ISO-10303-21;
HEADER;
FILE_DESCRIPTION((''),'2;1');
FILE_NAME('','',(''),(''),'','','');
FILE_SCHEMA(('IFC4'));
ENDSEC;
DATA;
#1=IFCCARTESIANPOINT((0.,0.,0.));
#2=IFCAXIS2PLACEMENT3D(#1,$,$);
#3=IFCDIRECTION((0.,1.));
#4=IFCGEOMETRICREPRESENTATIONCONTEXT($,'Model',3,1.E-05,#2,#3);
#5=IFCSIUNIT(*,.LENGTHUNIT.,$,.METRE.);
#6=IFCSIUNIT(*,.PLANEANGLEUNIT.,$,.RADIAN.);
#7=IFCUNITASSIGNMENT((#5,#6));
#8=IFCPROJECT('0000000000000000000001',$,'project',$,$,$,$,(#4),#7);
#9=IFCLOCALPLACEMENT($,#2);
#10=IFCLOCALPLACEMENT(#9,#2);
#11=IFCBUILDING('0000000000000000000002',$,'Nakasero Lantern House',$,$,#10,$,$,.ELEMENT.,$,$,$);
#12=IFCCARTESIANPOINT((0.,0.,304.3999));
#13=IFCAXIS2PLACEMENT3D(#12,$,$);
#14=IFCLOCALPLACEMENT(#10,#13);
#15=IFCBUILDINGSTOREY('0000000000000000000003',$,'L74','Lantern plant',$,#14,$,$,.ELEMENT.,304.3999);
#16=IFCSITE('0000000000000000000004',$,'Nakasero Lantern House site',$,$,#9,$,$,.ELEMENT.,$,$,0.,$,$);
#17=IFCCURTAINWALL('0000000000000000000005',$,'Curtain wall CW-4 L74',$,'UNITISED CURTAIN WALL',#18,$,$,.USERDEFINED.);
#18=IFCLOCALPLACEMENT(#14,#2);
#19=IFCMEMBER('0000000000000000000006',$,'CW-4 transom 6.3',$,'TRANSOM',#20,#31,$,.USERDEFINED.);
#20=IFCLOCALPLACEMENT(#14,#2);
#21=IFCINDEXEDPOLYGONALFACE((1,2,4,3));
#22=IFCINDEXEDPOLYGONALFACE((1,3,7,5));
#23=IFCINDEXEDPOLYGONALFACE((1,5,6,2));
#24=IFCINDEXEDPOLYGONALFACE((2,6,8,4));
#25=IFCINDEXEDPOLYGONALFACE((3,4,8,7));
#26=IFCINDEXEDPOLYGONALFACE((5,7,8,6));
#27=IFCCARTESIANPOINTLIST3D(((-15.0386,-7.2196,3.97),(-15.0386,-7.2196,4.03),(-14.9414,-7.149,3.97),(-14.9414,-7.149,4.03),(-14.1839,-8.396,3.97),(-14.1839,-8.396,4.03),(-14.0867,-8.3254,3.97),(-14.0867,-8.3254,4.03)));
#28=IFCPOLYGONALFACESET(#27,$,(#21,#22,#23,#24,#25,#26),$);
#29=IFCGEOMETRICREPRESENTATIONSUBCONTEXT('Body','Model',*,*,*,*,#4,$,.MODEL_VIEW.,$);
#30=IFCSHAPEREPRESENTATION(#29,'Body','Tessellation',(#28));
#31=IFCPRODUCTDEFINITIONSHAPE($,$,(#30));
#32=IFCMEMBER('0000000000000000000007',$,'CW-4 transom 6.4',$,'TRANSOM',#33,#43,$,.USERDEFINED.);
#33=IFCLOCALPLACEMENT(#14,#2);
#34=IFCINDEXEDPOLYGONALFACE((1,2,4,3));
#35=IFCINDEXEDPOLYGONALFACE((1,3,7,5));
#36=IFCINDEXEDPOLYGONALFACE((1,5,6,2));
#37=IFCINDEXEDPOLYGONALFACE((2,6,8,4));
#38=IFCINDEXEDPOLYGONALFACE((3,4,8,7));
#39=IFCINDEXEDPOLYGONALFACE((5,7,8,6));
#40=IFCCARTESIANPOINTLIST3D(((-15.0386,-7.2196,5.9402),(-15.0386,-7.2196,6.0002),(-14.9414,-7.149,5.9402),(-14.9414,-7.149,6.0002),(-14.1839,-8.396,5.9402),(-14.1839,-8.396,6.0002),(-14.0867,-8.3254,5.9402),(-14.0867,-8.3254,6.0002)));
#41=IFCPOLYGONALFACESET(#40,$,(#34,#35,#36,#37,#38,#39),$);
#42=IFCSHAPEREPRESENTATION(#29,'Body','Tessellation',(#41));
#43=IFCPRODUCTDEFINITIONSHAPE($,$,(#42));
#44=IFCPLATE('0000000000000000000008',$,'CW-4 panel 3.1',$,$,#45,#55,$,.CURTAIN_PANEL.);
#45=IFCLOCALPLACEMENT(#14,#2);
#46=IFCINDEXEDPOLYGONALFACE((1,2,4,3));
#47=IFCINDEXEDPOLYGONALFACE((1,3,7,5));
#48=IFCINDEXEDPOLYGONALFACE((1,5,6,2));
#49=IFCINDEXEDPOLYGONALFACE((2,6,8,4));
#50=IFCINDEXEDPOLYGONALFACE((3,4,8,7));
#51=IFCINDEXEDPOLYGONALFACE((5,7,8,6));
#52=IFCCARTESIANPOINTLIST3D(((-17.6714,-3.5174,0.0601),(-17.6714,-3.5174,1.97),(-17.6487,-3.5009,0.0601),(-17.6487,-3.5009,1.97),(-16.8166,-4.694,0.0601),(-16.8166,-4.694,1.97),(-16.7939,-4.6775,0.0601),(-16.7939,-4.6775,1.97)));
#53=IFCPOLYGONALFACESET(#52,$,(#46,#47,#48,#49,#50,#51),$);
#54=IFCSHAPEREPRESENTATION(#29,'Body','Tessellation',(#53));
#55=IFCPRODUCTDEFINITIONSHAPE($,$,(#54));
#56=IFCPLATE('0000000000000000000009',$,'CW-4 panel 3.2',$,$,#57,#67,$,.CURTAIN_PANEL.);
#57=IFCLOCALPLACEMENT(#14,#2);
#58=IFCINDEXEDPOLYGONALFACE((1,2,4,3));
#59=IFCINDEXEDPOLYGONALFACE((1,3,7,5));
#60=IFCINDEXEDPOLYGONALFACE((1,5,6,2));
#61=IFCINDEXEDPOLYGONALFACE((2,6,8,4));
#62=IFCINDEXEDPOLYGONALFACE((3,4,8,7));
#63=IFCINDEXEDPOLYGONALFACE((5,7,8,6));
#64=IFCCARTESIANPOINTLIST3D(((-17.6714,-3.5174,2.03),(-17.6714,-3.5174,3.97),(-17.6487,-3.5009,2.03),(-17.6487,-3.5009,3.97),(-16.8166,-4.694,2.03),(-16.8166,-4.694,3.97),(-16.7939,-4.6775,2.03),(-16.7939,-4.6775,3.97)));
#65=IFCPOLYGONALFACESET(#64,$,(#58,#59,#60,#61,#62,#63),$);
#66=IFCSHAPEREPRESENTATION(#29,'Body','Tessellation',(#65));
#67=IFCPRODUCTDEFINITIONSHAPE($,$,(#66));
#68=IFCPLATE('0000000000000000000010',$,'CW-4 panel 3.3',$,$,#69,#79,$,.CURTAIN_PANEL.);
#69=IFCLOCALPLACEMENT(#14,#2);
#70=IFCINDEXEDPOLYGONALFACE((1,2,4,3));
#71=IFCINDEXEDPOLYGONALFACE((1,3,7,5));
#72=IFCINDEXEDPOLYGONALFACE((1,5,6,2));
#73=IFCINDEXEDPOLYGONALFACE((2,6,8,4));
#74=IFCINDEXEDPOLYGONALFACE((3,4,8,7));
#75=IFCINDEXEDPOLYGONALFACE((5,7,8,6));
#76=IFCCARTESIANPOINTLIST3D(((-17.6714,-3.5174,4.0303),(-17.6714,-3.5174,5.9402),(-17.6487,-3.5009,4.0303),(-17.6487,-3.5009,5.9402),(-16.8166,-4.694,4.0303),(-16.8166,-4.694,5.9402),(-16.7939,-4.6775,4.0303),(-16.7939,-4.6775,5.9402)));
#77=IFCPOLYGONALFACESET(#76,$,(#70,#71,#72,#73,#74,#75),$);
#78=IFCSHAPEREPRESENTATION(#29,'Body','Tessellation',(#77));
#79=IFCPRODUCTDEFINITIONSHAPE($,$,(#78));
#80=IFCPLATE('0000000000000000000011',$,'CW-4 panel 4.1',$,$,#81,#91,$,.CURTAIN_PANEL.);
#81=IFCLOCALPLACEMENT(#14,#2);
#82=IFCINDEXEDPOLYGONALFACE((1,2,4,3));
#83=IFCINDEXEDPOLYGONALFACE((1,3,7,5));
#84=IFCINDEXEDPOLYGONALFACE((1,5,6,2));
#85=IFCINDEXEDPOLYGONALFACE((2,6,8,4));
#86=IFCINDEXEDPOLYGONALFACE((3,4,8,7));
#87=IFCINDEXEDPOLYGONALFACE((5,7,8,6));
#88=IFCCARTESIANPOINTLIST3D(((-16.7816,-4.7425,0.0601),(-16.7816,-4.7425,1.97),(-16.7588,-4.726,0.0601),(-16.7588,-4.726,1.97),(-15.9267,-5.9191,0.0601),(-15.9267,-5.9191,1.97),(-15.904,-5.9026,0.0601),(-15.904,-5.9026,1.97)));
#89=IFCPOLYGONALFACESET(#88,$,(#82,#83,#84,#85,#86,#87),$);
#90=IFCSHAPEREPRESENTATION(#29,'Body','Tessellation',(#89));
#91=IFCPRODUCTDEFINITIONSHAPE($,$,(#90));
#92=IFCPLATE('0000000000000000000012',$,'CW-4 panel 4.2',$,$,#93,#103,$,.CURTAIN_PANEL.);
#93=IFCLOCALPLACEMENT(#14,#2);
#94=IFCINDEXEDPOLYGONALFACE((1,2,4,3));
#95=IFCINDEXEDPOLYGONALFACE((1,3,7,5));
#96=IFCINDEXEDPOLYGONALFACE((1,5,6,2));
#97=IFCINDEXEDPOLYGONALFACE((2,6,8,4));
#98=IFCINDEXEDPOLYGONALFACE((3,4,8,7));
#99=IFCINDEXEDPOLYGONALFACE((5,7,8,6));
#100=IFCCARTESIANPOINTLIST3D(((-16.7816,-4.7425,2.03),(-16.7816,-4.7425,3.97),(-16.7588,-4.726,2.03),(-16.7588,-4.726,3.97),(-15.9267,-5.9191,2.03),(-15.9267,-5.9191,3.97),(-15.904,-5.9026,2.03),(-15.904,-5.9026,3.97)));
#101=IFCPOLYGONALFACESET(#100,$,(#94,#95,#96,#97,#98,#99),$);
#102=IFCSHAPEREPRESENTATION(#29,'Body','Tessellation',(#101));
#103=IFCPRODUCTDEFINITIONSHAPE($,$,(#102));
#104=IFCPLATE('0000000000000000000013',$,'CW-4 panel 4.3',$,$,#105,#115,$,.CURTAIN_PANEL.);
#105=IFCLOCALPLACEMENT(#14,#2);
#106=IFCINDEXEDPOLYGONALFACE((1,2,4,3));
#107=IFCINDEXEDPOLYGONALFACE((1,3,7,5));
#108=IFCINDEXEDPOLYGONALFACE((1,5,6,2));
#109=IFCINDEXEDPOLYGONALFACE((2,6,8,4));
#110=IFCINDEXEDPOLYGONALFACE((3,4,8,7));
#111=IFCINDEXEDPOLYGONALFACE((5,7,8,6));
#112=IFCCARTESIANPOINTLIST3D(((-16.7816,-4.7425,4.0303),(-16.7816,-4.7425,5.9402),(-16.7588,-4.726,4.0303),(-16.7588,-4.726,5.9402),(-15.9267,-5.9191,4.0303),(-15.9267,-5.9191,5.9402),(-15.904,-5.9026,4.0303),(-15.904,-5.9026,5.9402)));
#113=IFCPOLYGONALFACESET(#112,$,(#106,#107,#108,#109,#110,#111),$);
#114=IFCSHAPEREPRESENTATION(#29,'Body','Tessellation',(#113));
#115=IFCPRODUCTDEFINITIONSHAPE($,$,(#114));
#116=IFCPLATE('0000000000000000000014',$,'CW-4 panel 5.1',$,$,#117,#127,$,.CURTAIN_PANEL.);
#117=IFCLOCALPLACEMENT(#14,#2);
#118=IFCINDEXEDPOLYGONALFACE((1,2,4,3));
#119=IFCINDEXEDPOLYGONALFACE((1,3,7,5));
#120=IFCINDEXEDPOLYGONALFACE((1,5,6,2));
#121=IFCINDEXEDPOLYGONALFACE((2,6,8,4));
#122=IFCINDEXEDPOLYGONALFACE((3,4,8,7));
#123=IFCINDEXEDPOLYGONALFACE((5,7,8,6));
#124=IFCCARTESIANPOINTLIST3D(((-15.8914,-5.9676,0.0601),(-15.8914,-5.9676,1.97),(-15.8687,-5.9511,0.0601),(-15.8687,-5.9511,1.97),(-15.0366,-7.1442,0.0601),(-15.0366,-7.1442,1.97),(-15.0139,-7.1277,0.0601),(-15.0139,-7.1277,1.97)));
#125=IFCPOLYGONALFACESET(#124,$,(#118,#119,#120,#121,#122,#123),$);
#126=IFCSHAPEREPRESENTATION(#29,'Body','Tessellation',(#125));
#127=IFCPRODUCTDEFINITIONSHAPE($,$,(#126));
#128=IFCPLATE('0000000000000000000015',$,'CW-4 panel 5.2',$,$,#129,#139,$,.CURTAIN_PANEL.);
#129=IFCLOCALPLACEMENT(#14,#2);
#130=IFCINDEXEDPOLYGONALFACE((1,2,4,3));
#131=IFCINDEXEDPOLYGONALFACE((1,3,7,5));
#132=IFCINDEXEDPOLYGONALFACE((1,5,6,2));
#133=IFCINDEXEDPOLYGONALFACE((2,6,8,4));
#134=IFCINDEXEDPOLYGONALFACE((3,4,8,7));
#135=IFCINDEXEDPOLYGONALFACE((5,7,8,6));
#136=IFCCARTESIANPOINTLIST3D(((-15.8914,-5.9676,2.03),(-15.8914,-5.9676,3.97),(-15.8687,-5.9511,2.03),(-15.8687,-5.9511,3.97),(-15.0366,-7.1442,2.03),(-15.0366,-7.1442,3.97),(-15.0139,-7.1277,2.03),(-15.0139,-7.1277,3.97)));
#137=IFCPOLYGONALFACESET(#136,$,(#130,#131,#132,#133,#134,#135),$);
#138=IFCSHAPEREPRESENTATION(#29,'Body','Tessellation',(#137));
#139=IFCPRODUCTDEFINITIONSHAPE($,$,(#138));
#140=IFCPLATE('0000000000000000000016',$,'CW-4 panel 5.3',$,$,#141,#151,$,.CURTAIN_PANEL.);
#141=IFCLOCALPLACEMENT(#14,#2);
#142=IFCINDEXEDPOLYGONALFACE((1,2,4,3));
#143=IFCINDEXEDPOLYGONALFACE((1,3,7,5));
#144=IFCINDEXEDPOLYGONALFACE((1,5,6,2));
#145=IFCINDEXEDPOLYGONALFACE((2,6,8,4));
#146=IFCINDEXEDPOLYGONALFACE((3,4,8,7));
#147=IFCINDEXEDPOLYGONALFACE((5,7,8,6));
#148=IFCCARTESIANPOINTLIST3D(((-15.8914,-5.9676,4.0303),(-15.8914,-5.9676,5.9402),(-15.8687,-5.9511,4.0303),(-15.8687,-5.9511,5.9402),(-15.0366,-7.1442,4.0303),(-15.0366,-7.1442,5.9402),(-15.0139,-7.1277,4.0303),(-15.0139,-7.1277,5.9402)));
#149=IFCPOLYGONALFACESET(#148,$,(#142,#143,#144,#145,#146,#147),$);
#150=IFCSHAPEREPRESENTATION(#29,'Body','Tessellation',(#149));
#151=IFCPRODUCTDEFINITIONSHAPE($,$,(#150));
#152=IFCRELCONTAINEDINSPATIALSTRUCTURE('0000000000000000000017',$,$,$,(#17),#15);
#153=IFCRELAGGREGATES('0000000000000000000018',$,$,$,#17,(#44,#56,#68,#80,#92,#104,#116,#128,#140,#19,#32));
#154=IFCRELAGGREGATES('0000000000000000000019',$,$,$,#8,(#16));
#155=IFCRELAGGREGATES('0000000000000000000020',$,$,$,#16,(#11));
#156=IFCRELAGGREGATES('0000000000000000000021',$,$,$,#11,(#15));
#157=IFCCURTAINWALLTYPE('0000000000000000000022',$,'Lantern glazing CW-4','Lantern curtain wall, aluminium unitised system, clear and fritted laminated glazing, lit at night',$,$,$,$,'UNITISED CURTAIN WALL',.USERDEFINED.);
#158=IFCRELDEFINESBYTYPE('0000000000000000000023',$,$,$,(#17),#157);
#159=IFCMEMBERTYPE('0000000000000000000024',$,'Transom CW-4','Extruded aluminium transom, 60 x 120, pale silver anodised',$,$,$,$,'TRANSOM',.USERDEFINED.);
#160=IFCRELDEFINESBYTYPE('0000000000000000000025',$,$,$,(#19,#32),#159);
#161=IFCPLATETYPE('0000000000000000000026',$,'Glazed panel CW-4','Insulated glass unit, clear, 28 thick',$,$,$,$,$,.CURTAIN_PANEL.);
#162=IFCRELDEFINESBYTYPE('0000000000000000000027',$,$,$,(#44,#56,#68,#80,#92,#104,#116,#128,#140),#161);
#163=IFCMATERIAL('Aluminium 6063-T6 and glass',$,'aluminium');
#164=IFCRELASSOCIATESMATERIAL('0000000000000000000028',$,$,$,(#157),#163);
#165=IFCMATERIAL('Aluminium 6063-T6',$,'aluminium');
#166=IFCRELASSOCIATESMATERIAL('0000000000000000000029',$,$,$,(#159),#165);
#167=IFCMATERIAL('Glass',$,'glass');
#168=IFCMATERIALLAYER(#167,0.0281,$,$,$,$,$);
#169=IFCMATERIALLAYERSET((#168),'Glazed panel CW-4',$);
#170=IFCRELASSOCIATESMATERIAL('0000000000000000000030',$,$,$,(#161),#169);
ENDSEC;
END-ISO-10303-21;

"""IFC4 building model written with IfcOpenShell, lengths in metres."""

from ifc_helpers import new_model, si_unit, direction, frame, origin, origin_2d, place, context, subcontext, project, spatial, rectangle, extrude, material, layer, layer_set, material_profile, profile_set, type_object, element, aggregate, save


model = new_model("IFC4")

# Units and contexts
model_context = context("Model", 3, precision=1e-05, world=origin(), true_north=direction((0.0, 1.0)))
body_context = subcontext(model_context, "Body", "Model", "MODEL_VIEW")
ifc_project = project(units=[si_unit("LENGTHUNIT", "METRE"), si_unit("PLANEANGLEUNIT", "RADIAN")], contexts=[model_context])

# Site, building, storey
site_placement = place(None, origin())
site = spatial("IfcSite", under=ifc_project, at=site_placement, Name="Nakasero Lantern House site", CompositionType="ELEMENT", RefElevation=0.0)
building_placement = place(site_placement, origin())
building = spatial("IfcBuilding", under=site, at=building_placement, Name="Nakasero Lantern House", CompositionType="ELEMENT")
storey_placement = place(building_placement, frame((0.0, 0.0, 304.3999)))
storey = spatial("IfcBuildingStorey", under=building, at=storey_placement, Name="L74", Description="Lantern plant", CompositionType="ELEMENT", Elevation=304.3999)

# Curtain wall, members, plates
ifc_material_1 = material(Name="Aluminium 6063-T6 and glass", Category="aluminium")
curtain_wall_type = type_object("IfcCurtainWallType", Name="Lantern glazing CW-4", Description="Lantern curtain wall, aluminium unitised system, clear and fritted laminated glazing, lit at night", ElementType="UNITISED CURTAIN WALL", PredefinedType="USERDEFINED", material=ifc_material_1)
curtain_wall_placement = place(storey_placement, origin())
curtain_wall = element("IfcCurtainWall", 1, at=curtain_wall_placement, inside=storey, type_object=curtain_wall_type, Name="Curtain wall CW-4 L74", ObjectType="UNITISED CURTAIN WALL", PredefinedType="USERDEFINED")
ifc_material_2 = material(Name="Aluminium 6063-T6", Category="aluminium")
ifc_material_profile_1 = material_profile(ifc_material_2, rectangle(XDim=0.0601, YDim=0.1201, at=origin_2d()), Name="CW-4 transom 60x120")
ifc_profile_set_1 = profile_set([ifc_material_profile_1], Name="Aluminium 6063-T6")
member_type_1 = type_object("IfcMemberType", Name="Transom CW-4", Description="Extruded aluminium transom, 60 x 120, pale silver anodised", ElementType="TRANSOM", PredefinedType="USERDEFINED", material=ifc_profile_set_1)
member_1_placement = place(storey_placement, frame((-14.99, -7.1843, 4.0), z_axis=(0.587762, -0.809034, 0.0), x_axis=(0.0, 0.0, 1.0)))
member_1 = element("IfcMember", 2, at=member_1_placement, type_object=member_type_1, Name="CW-4 transom 6.3", ObjectType="TRANSOM", PredefinedType="USERDEFINED", context=body_context, shape_type="SweptSolid", body=[
    extrude(rectangle(XDim=0.0601, YDim=0.1201, at=origin_2d()), origin(), (0.0, 0.0, 1.0), 1.4541),
])
member_2_placement = place(storey_placement, frame((-14.99, -7.1843, 5.9702), z_axis=(0.587762, -0.809034, 0.0), x_axis=(0.0, 0.0, 1.0)))
member_2 = element("IfcMember", 3, at=member_2_placement, type_object=member_type_1, Name="CW-4 transom 6.4", ObjectType="TRANSOM", PredefinedType="USERDEFINED", context=body_context, shape_type="SweptSolid", body=[
    extrude(rectangle(XDim=0.0601, YDim=0.1201, at=origin_2d()), origin(), (0.0, 0.0, 1.0), 1.4541),
])
ifc_material_3 = material(Name="Glass", Category="glass")
ifc_layer = layer(ifc_material_3, 0.0281)
ifc_layer_set = layer_set([ifc_layer], Name="Glazed panel CW-4")
plate_type = type_object("IfcPlateType", Name="Glazed panel CW-4", Description="Insulated glass unit, clear, 28 thick", PredefinedType="CURTAIN_PANEL", material=ifc_layer_set)
plate_1_placement = place(storey_placement, frame((-17.2327, -4.0974, 0.0601), z_axis=(0.0, 0.0, 1.0), x_axis=(0.587785, -0.809017, 0.0)))
plate_1 = element("IfcPlate", 4, at=plate_1_placement, type_object=plate_type, Name="CW-4 panel 3.1", PredefinedType="CURTAIN_PANEL", context=body_context, shape_type="SweptSolid", body=[
    extrude(rectangle(XDim=1.4543, YDim=0.0281, at=origin_2d()), origin(), (0.0, 0.0, 1.0), 1.9099),
])
plate_2_placement = place(storey_placement, frame((-17.2327, -4.0974, 2.03), z_axis=(0.0, 0.0, 1.0), x_axis=(0.587785, -0.809017, 0.0)))
plate_2 = element("IfcPlate", 5, at=plate_2_placement, type_object=plate_type, Name="CW-4 panel 3.2", PredefinedType="CURTAIN_PANEL", context=body_context, shape_type="SweptSolid", body=[
    extrude(rectangle(XDim=1.4543, YDim=0.0281, at=origin_2d()), origin(), (0.0, 0.0, 1.0), 1.9399),
])
plate_3_placement = place(storey_placement, frame((-17.2327, -4.0974, 4.0303), z_axis=(0.0, 0.0, 1.0), x_axis=(0.587785, -0.809017, 0.0)))
plate_3 = element("IfcPlate", 6, at=plate_3_placement, type_object=plate_type, Name="CW-4 panel 3.3", PredefinedType="CURTAIN_PANEL", context=body_context, shape_type="SweptSolid", body=[
    extrude(rectangle(XDim=1.4543, YDim=0.0281, at=origin_2d()), origin(), (0.0, 0.0, 1.0), 1.9099),
])
plate_4_placement = place(storey_placement, frame((-16.3428, -5.3225, 0.0601), z_axis=(0.0, 0.0, 1.0), x_axis=(0.587785, -0.809017, 0.0)))
plate_4 = element("IfcPlate", 7, at=plate_4_placement, type_object=plate_type, Name="CW-4 panel 4.1", PredefinedType="CURTAIN_PANEL", context=body_context, shape_type="SweptSolid", body=[
    extrude(rectangle(XDim=1.4543, YDim=0.0281, at=origin_2d()), origin(), (0.0, 0.0, 1.0), 1.9099),
])
plate_5_placement = place(storey_placement, frame((-16.3428, -5.3225, 2.03), z_axis=(0.0, 0.0, 1.0), x_axis=(0.587785, -0.809017, 0.0)))
plate_5 = element("IfcPlate", 8, at=plate_5_placement, type_object=plate_type, Name="CW-4 panel 4.2", PredefinedType="CURTAIN_PANEL", context=body_context, shape_type="SweptSolid", body=[
    extrude(rectangle(XDim=1.4543, YDim=0.0281, at=origin_2d()), origin(), (0.0, 0.0, 1.0), 1.9399),
])
plate_6_placement = place(storey_placement, frame((-16.3428, -5.3225, 4.0303), z_axis=(0.0, 0.0, 1.0), x_axis=(0.587785, -0.809017, 0.0)))
plate_6 = element("IfcPlate", 9, at=plate_6_placement, type_object=plate_type, Name="CW-4 panel 4.3", PredefinedType="CURTAIN_PANEL", context=body_context, shape_type="SweptSolid", body=[
    extrude(rectangle(XDim=1.4543, YDim=0.0281, at=origin_2d()), origin(), (0.0, 0.0, 1.0), 1.9099),
])
plate_7_placement = place(storey_placement, frame((-15.4526, -6.5476, 0.0601), z_axis=(0.0, 0.0, 1.0), x_axis=(0.587785, -0.809017, 0.0)))
plate_7 = element("IfcPlate", 10, at=plate_7_placement, type_object=plate_type, Name="CW-4 panel 5.1", PredefinedType="CURTAIN_PANEL", context=body_context, shape_type="SweptSolid", body=[
    extrude(rectangle(XDim=1.4543, YDim=0.0281, at=origin_2d()), origin(), (0.0, 0.0, 1.0), 1.9099),
])
plate_8_placement = place(storey_placement, frame((-15.4526, -6.5476, 2.03), z_axis=(0.0, 0.0, 1.0), x_axis=(0.587785, -0.809017, 0.0)))
plate_8 = element("IfcPlate", 11, at=plate_8_placement, type_object=plate_type, Name="CW-4 panel 5.2", PredefinedType="CURTAIN_PANEL", context=body_context, shape_type="SweptSolid", body=[
    extrude(rectangle(XDim=1.4543, YDim=0.0281, at=origin_2d()), origin(), (0.0, 0.0, 1.0), 1.9399),
])
plate_9_placement = place(storey_placement, frame((-15.4526, -6.5476, 4.0303), z_axis=(0.0, 0.0, 1.0), x_axis=(0.587785, -0.809017, 0.0)))
plate_9 = element("IfcPlate", 12, at=plate_9_placement, type_object=plate_type, Name="CW-4 panel 5.3", PredefinedType="CURTAIN_PANEL", context=body_context, shape_type="SweptSolid", body=[
    extrude(rectangle(XDim=1.4543, YDim=0.0281, at=origin_2d()), origin(), (0.0, 0.0, 1.0), 1.9099),
])
aggregate(curtain_wall, [plate_1, plate_2, plate_3, plate_4, plate_5, plate_6, plate_7, plate_8, plate_9, member_1, member_2])

save(model, "model.ifc")
